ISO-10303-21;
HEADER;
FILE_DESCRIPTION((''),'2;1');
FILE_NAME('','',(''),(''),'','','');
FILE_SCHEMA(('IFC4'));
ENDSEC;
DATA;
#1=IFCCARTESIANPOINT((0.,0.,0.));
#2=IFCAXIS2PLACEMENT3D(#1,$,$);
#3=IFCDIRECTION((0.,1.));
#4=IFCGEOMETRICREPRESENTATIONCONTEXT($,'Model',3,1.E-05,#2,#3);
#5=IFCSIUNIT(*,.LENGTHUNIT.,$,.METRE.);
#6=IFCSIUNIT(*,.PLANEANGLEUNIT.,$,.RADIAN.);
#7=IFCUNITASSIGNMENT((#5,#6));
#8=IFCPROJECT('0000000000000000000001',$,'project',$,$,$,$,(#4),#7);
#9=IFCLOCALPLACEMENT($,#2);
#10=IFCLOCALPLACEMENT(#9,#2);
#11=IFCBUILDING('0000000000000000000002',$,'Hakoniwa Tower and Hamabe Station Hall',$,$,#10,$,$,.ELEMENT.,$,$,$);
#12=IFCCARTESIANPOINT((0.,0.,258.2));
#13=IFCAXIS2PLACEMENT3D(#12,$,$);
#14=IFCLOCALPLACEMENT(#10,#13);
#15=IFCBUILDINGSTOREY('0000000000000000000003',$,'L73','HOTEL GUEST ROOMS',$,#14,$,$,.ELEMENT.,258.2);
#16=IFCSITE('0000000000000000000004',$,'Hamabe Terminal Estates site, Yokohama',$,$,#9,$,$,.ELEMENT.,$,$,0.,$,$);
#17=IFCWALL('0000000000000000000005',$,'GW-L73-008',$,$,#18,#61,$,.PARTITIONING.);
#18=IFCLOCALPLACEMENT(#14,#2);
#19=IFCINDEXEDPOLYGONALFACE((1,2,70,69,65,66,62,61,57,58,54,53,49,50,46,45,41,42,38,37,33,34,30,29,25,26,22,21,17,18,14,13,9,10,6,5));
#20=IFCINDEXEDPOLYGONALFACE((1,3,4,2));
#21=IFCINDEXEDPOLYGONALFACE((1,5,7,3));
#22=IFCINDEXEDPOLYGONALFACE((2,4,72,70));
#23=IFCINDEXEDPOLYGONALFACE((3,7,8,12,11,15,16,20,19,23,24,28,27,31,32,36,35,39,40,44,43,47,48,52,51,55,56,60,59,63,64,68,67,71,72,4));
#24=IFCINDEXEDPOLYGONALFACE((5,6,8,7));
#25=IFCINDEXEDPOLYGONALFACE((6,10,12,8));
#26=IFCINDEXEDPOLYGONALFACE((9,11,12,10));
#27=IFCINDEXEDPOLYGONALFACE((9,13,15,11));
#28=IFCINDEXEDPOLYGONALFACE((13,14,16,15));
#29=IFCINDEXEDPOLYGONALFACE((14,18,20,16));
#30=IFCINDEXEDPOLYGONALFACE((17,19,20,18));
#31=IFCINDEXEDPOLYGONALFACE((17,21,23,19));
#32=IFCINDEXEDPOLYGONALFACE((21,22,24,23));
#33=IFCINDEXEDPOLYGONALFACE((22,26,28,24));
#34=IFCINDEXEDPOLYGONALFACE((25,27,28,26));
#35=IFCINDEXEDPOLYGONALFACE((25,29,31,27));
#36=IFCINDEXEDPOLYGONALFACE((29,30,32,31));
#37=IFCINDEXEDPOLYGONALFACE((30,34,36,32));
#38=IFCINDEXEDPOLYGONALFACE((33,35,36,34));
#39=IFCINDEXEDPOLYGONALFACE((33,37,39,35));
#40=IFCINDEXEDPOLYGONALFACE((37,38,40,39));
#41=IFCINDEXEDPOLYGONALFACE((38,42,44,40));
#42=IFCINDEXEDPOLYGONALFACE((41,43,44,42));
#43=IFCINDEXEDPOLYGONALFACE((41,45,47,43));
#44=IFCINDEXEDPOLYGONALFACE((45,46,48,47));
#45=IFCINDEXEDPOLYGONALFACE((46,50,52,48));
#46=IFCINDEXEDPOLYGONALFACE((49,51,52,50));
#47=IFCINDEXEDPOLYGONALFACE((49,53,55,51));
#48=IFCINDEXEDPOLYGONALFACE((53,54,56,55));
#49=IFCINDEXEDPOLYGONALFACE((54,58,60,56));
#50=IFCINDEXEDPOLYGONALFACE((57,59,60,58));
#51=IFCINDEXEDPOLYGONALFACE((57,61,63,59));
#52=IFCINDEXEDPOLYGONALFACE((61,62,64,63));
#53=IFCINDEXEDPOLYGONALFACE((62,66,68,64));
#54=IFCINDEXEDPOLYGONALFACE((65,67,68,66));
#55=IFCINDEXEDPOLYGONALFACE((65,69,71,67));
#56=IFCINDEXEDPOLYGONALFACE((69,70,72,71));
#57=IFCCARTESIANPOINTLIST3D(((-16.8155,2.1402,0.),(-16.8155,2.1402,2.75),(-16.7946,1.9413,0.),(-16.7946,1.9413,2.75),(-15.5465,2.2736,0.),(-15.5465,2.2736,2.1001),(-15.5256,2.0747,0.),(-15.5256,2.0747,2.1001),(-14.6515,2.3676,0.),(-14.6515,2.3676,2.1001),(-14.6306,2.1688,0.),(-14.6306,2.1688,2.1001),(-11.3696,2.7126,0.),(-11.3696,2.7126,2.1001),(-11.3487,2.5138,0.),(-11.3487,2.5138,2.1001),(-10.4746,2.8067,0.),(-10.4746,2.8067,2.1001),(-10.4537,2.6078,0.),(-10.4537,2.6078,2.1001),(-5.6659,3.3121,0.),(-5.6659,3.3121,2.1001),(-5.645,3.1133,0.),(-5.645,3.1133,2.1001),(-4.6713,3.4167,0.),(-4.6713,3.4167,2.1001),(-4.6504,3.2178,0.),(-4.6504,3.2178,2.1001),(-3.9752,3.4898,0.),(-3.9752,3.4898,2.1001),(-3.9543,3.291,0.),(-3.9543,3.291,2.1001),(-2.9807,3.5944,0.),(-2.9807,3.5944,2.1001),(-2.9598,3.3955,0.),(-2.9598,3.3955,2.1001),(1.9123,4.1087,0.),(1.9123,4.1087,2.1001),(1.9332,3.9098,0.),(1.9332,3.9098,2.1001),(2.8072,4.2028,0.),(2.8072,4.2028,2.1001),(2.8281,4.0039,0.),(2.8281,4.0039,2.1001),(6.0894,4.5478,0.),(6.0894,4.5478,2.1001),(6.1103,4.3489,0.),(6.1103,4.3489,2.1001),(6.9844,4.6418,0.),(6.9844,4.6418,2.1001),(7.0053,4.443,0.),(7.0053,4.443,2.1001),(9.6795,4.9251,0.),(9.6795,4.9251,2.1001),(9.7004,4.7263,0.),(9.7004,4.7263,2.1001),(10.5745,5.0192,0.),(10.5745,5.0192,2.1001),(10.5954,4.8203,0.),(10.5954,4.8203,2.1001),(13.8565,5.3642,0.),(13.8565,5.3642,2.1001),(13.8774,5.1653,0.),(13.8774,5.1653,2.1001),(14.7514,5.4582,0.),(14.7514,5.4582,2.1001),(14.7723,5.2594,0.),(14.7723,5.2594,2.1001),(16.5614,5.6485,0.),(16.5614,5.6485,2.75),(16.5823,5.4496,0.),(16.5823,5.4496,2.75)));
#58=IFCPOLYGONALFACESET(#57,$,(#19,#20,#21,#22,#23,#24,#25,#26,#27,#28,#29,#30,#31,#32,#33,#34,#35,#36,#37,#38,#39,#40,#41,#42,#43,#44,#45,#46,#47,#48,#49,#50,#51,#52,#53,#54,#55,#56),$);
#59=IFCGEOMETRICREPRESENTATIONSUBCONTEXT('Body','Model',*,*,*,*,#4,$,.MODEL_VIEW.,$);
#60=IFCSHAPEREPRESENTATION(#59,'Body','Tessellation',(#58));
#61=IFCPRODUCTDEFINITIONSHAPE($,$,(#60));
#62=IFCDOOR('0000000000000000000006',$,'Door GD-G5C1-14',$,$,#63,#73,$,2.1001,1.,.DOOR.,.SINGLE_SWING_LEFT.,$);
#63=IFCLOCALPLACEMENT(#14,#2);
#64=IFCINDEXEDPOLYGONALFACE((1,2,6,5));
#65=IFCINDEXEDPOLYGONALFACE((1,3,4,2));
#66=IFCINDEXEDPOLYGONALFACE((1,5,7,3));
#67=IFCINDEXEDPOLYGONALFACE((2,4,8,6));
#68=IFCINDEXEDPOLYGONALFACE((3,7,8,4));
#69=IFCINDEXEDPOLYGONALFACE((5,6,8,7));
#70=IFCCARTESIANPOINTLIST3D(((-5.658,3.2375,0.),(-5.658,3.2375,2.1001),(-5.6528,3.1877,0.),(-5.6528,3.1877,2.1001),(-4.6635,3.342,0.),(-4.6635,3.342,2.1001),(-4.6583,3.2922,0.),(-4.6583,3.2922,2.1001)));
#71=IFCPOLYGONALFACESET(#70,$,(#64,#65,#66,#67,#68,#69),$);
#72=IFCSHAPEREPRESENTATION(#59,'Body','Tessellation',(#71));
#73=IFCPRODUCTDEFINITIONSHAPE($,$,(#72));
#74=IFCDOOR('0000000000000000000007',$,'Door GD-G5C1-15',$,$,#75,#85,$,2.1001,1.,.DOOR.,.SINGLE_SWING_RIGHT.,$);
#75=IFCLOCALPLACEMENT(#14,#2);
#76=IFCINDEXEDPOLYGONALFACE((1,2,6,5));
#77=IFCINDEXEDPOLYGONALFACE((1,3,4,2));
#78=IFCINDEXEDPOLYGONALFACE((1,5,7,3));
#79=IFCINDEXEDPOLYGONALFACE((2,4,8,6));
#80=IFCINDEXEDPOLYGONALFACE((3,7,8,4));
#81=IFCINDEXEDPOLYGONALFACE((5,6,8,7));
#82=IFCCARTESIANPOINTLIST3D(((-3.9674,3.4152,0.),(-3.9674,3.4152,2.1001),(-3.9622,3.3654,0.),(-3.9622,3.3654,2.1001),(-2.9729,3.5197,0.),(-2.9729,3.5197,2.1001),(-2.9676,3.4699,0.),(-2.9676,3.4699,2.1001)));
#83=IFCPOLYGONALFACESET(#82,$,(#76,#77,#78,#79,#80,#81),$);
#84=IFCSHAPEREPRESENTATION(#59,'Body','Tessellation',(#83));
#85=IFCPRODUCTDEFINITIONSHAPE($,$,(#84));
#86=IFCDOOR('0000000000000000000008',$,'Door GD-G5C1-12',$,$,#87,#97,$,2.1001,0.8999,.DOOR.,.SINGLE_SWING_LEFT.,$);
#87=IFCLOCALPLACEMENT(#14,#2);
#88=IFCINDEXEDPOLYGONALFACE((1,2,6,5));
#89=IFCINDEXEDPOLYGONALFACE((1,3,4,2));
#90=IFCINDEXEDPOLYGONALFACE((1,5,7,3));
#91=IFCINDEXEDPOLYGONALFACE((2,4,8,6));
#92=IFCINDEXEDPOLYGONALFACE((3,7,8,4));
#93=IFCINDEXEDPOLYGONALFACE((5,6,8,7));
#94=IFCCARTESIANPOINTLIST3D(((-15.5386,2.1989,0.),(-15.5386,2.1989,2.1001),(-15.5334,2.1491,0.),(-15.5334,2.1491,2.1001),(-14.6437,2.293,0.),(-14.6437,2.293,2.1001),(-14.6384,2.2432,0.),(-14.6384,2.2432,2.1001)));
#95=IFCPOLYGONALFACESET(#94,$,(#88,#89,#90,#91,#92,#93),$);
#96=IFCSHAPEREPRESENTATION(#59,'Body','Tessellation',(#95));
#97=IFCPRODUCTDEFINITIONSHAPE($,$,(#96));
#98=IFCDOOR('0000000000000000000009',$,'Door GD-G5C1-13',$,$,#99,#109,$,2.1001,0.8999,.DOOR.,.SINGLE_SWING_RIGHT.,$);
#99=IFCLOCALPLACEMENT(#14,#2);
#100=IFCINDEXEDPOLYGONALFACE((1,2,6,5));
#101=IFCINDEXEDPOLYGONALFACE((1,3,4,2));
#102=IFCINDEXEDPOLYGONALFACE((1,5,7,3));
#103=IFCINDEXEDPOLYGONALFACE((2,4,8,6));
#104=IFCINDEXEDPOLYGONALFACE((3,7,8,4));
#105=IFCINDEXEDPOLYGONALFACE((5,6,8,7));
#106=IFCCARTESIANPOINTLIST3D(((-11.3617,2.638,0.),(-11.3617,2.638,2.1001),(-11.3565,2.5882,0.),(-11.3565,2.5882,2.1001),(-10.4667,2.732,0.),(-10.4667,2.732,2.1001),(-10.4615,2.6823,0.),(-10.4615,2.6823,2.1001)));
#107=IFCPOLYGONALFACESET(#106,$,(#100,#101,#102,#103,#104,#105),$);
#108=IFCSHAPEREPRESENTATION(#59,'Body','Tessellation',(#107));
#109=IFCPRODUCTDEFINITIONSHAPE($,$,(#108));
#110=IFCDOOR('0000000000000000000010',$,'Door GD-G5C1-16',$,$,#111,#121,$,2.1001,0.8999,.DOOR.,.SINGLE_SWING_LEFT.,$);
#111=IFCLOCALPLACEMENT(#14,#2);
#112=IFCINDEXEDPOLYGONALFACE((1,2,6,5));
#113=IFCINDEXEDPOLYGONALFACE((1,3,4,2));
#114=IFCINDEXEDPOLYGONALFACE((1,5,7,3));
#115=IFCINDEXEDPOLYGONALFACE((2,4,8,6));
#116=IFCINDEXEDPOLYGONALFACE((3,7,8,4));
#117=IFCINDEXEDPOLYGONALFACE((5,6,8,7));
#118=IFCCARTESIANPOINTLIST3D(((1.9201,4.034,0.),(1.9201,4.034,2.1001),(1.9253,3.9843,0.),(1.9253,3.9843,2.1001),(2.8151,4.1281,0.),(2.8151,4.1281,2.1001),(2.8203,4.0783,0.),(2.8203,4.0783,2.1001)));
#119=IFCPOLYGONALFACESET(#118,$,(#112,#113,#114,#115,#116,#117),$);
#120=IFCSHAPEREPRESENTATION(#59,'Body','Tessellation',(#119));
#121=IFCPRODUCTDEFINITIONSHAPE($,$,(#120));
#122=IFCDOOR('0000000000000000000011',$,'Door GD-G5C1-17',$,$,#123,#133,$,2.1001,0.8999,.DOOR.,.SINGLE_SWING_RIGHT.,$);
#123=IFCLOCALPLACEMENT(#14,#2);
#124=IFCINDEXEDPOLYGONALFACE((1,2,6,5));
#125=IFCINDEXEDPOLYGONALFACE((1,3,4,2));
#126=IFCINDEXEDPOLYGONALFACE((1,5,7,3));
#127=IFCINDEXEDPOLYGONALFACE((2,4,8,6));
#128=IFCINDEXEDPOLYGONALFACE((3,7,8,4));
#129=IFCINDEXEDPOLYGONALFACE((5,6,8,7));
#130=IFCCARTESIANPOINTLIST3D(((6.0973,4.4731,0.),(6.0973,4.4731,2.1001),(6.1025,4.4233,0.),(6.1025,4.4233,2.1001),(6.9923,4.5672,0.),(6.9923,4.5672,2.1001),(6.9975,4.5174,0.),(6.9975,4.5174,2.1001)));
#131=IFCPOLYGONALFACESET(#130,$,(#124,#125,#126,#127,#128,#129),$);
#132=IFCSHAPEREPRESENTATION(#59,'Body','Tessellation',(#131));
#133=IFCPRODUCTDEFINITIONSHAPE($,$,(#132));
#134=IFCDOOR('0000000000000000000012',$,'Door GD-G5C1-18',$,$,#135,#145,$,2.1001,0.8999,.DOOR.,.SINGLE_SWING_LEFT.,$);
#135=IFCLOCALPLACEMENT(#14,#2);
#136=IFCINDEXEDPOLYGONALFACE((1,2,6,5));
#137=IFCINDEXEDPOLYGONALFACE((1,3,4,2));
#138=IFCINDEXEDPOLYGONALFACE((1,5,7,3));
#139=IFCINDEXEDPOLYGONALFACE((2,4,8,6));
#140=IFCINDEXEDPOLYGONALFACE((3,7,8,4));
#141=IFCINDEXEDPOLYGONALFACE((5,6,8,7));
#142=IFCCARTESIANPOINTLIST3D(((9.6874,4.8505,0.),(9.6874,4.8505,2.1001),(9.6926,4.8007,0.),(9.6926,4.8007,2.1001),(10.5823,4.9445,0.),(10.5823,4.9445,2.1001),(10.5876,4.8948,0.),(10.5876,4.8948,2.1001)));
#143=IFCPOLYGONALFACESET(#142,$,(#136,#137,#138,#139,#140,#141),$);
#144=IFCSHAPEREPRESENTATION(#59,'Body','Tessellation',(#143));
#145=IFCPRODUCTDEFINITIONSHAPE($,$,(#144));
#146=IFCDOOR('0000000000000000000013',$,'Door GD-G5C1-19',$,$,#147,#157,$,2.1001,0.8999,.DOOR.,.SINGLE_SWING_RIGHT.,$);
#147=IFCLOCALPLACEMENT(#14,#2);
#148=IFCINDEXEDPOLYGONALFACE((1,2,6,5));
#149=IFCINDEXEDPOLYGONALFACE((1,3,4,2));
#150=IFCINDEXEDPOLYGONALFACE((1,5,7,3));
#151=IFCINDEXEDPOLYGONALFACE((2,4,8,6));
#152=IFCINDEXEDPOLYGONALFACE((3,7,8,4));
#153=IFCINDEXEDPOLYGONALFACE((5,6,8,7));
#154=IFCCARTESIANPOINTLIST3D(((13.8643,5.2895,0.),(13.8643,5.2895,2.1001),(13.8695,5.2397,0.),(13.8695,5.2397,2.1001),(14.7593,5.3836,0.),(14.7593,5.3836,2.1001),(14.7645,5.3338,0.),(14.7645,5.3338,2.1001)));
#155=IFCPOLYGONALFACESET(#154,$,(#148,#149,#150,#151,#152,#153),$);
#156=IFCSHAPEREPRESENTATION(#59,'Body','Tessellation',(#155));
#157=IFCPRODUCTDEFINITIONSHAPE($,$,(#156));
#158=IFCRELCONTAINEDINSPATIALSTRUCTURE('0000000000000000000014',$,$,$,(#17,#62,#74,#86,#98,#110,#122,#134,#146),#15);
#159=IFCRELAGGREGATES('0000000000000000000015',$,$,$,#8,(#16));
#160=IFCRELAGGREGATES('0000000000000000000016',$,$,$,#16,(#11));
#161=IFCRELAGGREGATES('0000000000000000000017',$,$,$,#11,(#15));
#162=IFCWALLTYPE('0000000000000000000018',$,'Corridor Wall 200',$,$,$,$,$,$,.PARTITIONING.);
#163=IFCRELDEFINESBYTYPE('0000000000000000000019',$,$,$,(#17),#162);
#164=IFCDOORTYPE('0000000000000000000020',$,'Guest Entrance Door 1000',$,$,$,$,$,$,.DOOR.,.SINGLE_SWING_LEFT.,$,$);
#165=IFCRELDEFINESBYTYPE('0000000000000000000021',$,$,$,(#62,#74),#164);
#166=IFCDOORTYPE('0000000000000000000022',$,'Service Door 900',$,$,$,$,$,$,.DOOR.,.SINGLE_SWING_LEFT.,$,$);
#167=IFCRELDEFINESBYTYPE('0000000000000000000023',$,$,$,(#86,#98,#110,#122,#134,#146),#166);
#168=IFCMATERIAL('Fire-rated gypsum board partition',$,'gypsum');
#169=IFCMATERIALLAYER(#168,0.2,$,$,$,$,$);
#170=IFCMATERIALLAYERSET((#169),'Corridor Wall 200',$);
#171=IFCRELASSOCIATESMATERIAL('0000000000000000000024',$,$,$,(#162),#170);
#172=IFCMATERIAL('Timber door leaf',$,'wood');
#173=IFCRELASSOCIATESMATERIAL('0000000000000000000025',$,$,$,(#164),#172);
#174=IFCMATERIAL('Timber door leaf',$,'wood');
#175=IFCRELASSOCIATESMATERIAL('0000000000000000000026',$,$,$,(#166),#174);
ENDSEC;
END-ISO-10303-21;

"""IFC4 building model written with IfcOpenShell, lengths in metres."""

from ifc_helpers import new_model, si_unit, direction, frame, frame_2d, origin, place, context, subcontext, project, spatial, rectangle, extrude, material, layer, layer_set, type_object, element, fill, save


model = new_model("IFC4")

# Units and contexts
model_context = context("Model", 3, precision=1e-05, world=origin(), true_north=direction((0.0, 1.0)))
body_context = subcontext(model_context, "Body", "Model", "MODEL_VIEW")
ifc_project = project(units=[si_unit("LENGTHUNIT", "METRE"), si_unit("PLANEANGLEUNIT", "RADIAN")], contexts=[model_context])

# Site, building, storey
site_placement = place(None, origin())
site = spatial("IfcSite", under=ifc_project, at=site_placement, Name="Hamabe Terminal Estates site, Yokohama", CompositionType="ELEMENT", RefElevation=0.0)
building_placement = place(site_placement, origin())
building = spatial("IfcBuilding", under=site, at=building_placement, Name="Hakoniwa Tower and Hamabe Station Hall", CompositionType="ELEMENT")
storey_placement = place(building_placement, frame((0.0, 0.0, 258.2)))
storey = spatial("IfcBuildingStorey", under=building, at=storey_placement, Name="L73", Description="HOTEL GUEST ROOMS", CompositionType="ELEMENT", Elevation=258.2)

# Wall, openings, doors
ifc_material_1 = material(Name="Fire-rated gypsum board partition", Category="gypsum")
ifc_layer_1 = layer(ifc_material_1, 0.2)
ifc_layer_set_1 = layer_set([ifc_layer_1], Name="Corridor Wall 200")
wall_type_1 = type_object("IfcWallType", Name="Corridor Wall 200", PredefinedType="PARTITIONING", material=ifc_layer_set_1)
wall_1_placement = place(storey_placement, frame((-16.8049, 2.0408, 0.0), z_axis=(0.0, 0.0, 1.0), x_axis=(0.994521, 0.104536, 0.0)))
wall_1 = element("IfcWall", 1, at=wall_1_placement, inside=storey, type_object=wall_type_1, Name="GW-L73-008", PredefinedType="PARTITIONING", context=body_context, shape_type="SweptSolid", body=[
    extrude(rectangle(XDim=33.5608, YDim=0.2, at=frame_2d((16.7803, 0.0))), origin(), (0.0, 0.0, 1.0), 2.75),
])
opening_1_placement = place(wall_1_placement, frame((1.2759, 0.0, 0.0)))
opening_1 = element("IfcOpeningElement", 2, at=opening_1_placement, cuts=wall_1, PredefinedType="OPENING", context=body_context, shape_type="SweptSolid", body=[
    extrude(rectangle(XDim=0.8999, YDim=2.1001, at=frame_2d((0.45, 1.05))), frame((0.0, 0.1099, 0.0), z_axis=(0.0, -1.0, 0.0), x_axis=(1.0, 0.0, 0.0)), (0.0, 0.0, 1.0), 0.22),
])
opening_2_placement = place(wall_1_placement, frame((5.4758, 0.0, 0.0)))
opening_2 = element("IfcOpeningElement", 3, at=opening_2_placement, cuts=wall_1, PredefinedType="OPENING", context=body_context, shape_type="SweptSolid", body=[
    extrude(rectangle(XDim=0.8999, YDim=2.1001, at=frame_2d((0.45, 1.05))), frame((0.0, 0.1099, 0.0), z_axis=(0.0, -1.0, 0.0), x_axis=(1.0, 0.0, 0.0)), (0.0, 0.0, 1.0), 0.22),
])
opening_3_placement = place(wall_1_placement, frame((11.2109, 0.0, 0.0)))
opening_3 = element("IfcOpeningElement", 4, at=opening_3_placement, cuts=wall_1, PredefinedType="OPENING", context=body_context, shape_type="SweptSolid", body=[
    extrude(rectangle(XDim=1.0, YDim=2.1001, at=frame_2d((0.5, 1.05))), frame((0.0, 0.1099, 0.0), z_axis=(0.0, -1.0, 0.0), x_axis=(1.0, 0.0, 0.0)), (0.0, 0.0, 1.0), 0.22),
])
opening_4_placement = place(wall_1_placement, frame((12.9109, 0.0, 0.0)))
opening_4 = element("IfcOpeningElement", 5, at=opening_4_placement, cuts=wall_1, PredefinedType="OPENING", context=body_context, shape_type="SweptSolid", body=[
    extrude(rectangle(XDim=1.0, YDim=2.1001, at=frame_2d((0.5, 1.05))), frame((0.0, 0.1099, 0.0), z_axis=(0.0, -1.0, 0.0), x_axis=(1.0, 0.0, 0.0)), (0.0, 0.0, 1.0), 0.22),
])
opening_5_placement = place(wall_1_placement, frame((18.8308, 0.0, 0.0)))
opening_5 = element("IfcOpeningElement", 6, at=opening_5_placement, cuts=wall_1, PredefinedType="OPENING", context=body_context, shape_type="SweptSolid", body=[
    extrude(rectangle(XDim=0.8999, YDim=2.1001, at=frame_2d((0.45, 1.05))), frame((0.0, 0.1099, 0.0), z_axis=(0.0, -1.0, 0.0), x_axis=(1.0, 0.0, 0.0)), (0.0, 0.0, 1.0), 0.22),
])
opening_6_placement = place(wall_1_placement, frame((23.031, 0.0, 0.0)))
opening_6 = element("IfcOpeningElement", 7, at=opening_6_placement, cuts=wall_1, PredefinedType="OPENING", context=body_context, shape_type="SweptSolid", body=[
    extrude(rectangle(XDim=0.8999, YDim=2.1001, at=frame_2d((0.45, 1.05))), frame((0.0, 0.1099, 0.0), z_axis=(0.0, -1.0, 0.0), x_axis=(1.0, 0.0, 0.0)), (0.0, 0.0, 1.0), 0.22),
])
opening_7_placement = place(wall_1_placement, frame((26.6409, 0.0, 0.0)))
opening_7 = element("IfcOpeningElement", 8, at=opening_7_placement, cuts=wall_1, PredefinedType="OPENING", context=body_context, shape_type="SweptSolid", body=[
    extrude(rectangle(XDim=0.8999, YDim=2.1001, at=frame_2d((0.45, 1.05))), frame((0.0, 0.1099, 0.0), z_axis=(0.0, -1.0, 0.0), x_axis=(1.0, 0.0, 0.0)), (0.0, 0.0, 1.0), 0.22),
])
opening_8_placement = place(wall_1_placement, frame((30.8408, 0.0, 0.0)))
opening_8 = element("IfcOpeningElement", 9, at=opening_8_placement, cuts=wall_1, PredefinedType="OPENING", context=body_context, shape_type="SweptSolid", body=[
    extrude(rectangle(XDim=0.8999, YDim=2.1001, at=frame_2d((0.45, 1.05))), frame((0.0, 0.1099, 0.0), z_axis=(0.0, -1.0, 0.0), x_axis=(1.0, 0.0, 0.0)), (0.0, 0.0, 1.0), 0.22),
])
ifc_material_2 = material(Name="Timber door leaf", Category="wood")
door_type_1 = type_object("IfcDoorType", Name="Guest Entrance Door 1000", OperationType="SINGLE_SWING_LEFT", PredefinedType="DOOR", material=ifc_material_2)
door_1_placement = place(opening_3_placement, origin())
door_1 = element("IfcDoor", 10, at=door_1_placement, inside=storey, type_object=door_type_1, Name="Door GD-G5C1-14", OperationType="SINGLE_SWING_LEFT", OverallHeight=2.1001, OverallWidth=1.0, PredefinedType="DOOR", context=body_context, shape_type="SweptSolid", body=[
    extrude(rectangle(XDim=1.0, YDim=2.1001, at=frame_2d((0.5, 1.05))), frame((0.0, 0.0249, 0.0), z_axis=(0.0, -1.0, 0.0), x_axis=(1.0, 0.0, 0.0)), (0.0, 0.0, 1.0), 0.05),
])
fill(opening_3, door_1)
door_2_placement = place(opening_4_placement, origin())
door_2 = element("IfcDoor", 11, at=door_2_placement, inside=storey, type_object=door_type_1, Name="Door GD-G5C1-15", OperationType="SINGLE_SWING_RIGHT", OverallHeight=2.1001, OverallWidth=1.0, PredefinedType="DOOR", context=body_context, shape_type="SweptSolid", body=[
    extrude(rectangle(XDim=1.0, YDim=2.1001, at=frame_2d((0.5, 1.05))), frame((0.0, 0.0249, 0.0), z_axis=(0.0, -1.0, 0.0), x_axis=(1.0, 0.0, 0.0)), (0.0, 0.0, 1.0), 0.05),
])
fill(opening_4, door_2)
ifc_material_3 = material(Name="Timber door leaf", Category="wood")
door_type_2 = type_object("IfcDoorType", Name="Service Door 900", OperationType="SINGLE_SWING_LEFT", PredefinedType="DOOR", material=ifc_material_3)
door_3_placement = place(opening_1_placement, origin())
door_3 = element("IfcDoor", 12, at=door_3_placement, inside=storey, type_object=door_type_2, Name="Door GD-G5C1-12", OperationType="SINGLE_SWING_LEFT", OverallHeight=2.1001, OverallWidth=0.8999, PredefinedType="DOOR", context=body_context, shape_type="SweptSolid", body=[
    extrude(rectangle(XDim=0.8999, YDim=2.1001, at=frame_2d((0.45, 1.05))), frame((0.0, 0.0249, 0.0), z_axis=(0.0, -1.0, 0.0), x_axis=(1.0, 0.0, 0.0)), (0.0, 0.0, 1.0), 0.05),
])
fill(opening_1, door_3)
door_4_placement = place(opening_2_placement, origin())
door_4 = element("IfcDoor", 13, at=door_4_placement, inside=storey, type_object=door_type_2, Name="Door GD-G5C1-13", OperationType="SINGLE_SWING_RIGHT", OverallHeight=2.1001, OverallWidth=0.8999, PredefinedType="DOOR", context=body_context, shape_type="SweptSolid", body=[
    extrude(rectangle(XDim=0.8999, YDim=2.1001, at=frame_2d((0.45, 1.05))), frame((0.0, 0.0249, 0.0), z_axis=(0.0, -1.0, 0.0), x_axis=(1.0, 0.0, 0.0)), (0.0, 0.0, 1.0), 0.05),
])
fill(opening_2, door_4)
door_5_placement = place(opening_5_placement, origin())
door_5 = element("IfcDoor", 14, at=door_5_placement, inside=storey, type_object=door_type_2, Name="Door GD-G5C1-16", OperationType="SINGLE_SWING_LEFT", OverallHeight=2.1001, OverallWidth=0.8999, PredefinedType="DOOR", context=body_context, shape_type="SweptSolid", body=[
    extrude(rectangle(XDim=0.8999, YDim=2.1001, at=frame_2d((0.45, 1.05))), frame((0.0, 0.0249, 0.0), z_axis=(0.0, -1.0, 0.0), x_axis=(1.0, 0.0, 0.0)), (0.0, 0.0, 1.0), 0.05),
])
fill(opening_5, door_5)
door_6_placement = place(opening_6_placement, origin())
door_6 = element("IfcDoor", 15, at=door_6_placement, inside=storey, type_object=door_type_2, Name="Door GD-G5C1-17", OperationType="SINGLE_SWING_RIGHT", OverallHeight=2.1001, OverallWidth=0.8999, PredefinedType="DOOR", context=body_context, shape_type="SweptSolid", body=[
    extrude(rectangle(XDim=0.8999, YDim=2.1001, at=frame_2d((0.45, 1.05))), frame((0.0, 0.0249, 0.0), z_axis=(0.0, -1.0, 0.0), x_axis=(1.0, 0.0, 0.0)), (0.0, 0.0, 1.0), 0.05),
])
fill(opening_6, door_6)
door_7_placement = place(opening_7_placement, origin())
door_7 = element("IfcDoor", 16, at=door_7_placement, inside=storey, type_object=door_type_2, Name="Door GD-G5C1-18", OperationType="SINGLE_SWING_LEFT", OverallHeight=2.1001, OverallWidth=0.8999, PredefinedType="DOOR", context=body_context, shape_type="SweptSolid", body=[
    extrude(rectangle(XDim=0.8999, YDim=2.1001, at=frame_2d((0.45, 1.05))), frame((0.0, 0.0249, 0.0), z_axis=(0.0, -1.0, 0.0), x_axis=(1.0, 0.0, 0.0)), (0.0, 0.0, 1.0), 0.05),
])
fill(opening_7, door_7)
door_8_placement = place(opening_8_placement, origin())
door_8 = element("IfcDoor", 17, at=door_8_placement, inside=storey, type_object=door_type_2, Name="Door GD-G5C1-19", OperationType="SINGLE_SWING_RIGHT", OverallHeight=2.1001, OverallWidth=0.8999, PredefinedType="DOOR", context=body_context, shape_type="SweptSolid", body=[
    extrude(rectangle(XDim=0.8999, YDim=2.1001, at=frame_2d((0.45, 1.05))), frame((0.0, 0.0249, 0.0), z_axis=(0.0, -1.0, 0.0), x_axis=(1.0, 0.0, 0.0)), (0.0, 0.0, 1.0), 0.05),
])
fill(opening_8, door_8)

save(model, "model.ifc")
